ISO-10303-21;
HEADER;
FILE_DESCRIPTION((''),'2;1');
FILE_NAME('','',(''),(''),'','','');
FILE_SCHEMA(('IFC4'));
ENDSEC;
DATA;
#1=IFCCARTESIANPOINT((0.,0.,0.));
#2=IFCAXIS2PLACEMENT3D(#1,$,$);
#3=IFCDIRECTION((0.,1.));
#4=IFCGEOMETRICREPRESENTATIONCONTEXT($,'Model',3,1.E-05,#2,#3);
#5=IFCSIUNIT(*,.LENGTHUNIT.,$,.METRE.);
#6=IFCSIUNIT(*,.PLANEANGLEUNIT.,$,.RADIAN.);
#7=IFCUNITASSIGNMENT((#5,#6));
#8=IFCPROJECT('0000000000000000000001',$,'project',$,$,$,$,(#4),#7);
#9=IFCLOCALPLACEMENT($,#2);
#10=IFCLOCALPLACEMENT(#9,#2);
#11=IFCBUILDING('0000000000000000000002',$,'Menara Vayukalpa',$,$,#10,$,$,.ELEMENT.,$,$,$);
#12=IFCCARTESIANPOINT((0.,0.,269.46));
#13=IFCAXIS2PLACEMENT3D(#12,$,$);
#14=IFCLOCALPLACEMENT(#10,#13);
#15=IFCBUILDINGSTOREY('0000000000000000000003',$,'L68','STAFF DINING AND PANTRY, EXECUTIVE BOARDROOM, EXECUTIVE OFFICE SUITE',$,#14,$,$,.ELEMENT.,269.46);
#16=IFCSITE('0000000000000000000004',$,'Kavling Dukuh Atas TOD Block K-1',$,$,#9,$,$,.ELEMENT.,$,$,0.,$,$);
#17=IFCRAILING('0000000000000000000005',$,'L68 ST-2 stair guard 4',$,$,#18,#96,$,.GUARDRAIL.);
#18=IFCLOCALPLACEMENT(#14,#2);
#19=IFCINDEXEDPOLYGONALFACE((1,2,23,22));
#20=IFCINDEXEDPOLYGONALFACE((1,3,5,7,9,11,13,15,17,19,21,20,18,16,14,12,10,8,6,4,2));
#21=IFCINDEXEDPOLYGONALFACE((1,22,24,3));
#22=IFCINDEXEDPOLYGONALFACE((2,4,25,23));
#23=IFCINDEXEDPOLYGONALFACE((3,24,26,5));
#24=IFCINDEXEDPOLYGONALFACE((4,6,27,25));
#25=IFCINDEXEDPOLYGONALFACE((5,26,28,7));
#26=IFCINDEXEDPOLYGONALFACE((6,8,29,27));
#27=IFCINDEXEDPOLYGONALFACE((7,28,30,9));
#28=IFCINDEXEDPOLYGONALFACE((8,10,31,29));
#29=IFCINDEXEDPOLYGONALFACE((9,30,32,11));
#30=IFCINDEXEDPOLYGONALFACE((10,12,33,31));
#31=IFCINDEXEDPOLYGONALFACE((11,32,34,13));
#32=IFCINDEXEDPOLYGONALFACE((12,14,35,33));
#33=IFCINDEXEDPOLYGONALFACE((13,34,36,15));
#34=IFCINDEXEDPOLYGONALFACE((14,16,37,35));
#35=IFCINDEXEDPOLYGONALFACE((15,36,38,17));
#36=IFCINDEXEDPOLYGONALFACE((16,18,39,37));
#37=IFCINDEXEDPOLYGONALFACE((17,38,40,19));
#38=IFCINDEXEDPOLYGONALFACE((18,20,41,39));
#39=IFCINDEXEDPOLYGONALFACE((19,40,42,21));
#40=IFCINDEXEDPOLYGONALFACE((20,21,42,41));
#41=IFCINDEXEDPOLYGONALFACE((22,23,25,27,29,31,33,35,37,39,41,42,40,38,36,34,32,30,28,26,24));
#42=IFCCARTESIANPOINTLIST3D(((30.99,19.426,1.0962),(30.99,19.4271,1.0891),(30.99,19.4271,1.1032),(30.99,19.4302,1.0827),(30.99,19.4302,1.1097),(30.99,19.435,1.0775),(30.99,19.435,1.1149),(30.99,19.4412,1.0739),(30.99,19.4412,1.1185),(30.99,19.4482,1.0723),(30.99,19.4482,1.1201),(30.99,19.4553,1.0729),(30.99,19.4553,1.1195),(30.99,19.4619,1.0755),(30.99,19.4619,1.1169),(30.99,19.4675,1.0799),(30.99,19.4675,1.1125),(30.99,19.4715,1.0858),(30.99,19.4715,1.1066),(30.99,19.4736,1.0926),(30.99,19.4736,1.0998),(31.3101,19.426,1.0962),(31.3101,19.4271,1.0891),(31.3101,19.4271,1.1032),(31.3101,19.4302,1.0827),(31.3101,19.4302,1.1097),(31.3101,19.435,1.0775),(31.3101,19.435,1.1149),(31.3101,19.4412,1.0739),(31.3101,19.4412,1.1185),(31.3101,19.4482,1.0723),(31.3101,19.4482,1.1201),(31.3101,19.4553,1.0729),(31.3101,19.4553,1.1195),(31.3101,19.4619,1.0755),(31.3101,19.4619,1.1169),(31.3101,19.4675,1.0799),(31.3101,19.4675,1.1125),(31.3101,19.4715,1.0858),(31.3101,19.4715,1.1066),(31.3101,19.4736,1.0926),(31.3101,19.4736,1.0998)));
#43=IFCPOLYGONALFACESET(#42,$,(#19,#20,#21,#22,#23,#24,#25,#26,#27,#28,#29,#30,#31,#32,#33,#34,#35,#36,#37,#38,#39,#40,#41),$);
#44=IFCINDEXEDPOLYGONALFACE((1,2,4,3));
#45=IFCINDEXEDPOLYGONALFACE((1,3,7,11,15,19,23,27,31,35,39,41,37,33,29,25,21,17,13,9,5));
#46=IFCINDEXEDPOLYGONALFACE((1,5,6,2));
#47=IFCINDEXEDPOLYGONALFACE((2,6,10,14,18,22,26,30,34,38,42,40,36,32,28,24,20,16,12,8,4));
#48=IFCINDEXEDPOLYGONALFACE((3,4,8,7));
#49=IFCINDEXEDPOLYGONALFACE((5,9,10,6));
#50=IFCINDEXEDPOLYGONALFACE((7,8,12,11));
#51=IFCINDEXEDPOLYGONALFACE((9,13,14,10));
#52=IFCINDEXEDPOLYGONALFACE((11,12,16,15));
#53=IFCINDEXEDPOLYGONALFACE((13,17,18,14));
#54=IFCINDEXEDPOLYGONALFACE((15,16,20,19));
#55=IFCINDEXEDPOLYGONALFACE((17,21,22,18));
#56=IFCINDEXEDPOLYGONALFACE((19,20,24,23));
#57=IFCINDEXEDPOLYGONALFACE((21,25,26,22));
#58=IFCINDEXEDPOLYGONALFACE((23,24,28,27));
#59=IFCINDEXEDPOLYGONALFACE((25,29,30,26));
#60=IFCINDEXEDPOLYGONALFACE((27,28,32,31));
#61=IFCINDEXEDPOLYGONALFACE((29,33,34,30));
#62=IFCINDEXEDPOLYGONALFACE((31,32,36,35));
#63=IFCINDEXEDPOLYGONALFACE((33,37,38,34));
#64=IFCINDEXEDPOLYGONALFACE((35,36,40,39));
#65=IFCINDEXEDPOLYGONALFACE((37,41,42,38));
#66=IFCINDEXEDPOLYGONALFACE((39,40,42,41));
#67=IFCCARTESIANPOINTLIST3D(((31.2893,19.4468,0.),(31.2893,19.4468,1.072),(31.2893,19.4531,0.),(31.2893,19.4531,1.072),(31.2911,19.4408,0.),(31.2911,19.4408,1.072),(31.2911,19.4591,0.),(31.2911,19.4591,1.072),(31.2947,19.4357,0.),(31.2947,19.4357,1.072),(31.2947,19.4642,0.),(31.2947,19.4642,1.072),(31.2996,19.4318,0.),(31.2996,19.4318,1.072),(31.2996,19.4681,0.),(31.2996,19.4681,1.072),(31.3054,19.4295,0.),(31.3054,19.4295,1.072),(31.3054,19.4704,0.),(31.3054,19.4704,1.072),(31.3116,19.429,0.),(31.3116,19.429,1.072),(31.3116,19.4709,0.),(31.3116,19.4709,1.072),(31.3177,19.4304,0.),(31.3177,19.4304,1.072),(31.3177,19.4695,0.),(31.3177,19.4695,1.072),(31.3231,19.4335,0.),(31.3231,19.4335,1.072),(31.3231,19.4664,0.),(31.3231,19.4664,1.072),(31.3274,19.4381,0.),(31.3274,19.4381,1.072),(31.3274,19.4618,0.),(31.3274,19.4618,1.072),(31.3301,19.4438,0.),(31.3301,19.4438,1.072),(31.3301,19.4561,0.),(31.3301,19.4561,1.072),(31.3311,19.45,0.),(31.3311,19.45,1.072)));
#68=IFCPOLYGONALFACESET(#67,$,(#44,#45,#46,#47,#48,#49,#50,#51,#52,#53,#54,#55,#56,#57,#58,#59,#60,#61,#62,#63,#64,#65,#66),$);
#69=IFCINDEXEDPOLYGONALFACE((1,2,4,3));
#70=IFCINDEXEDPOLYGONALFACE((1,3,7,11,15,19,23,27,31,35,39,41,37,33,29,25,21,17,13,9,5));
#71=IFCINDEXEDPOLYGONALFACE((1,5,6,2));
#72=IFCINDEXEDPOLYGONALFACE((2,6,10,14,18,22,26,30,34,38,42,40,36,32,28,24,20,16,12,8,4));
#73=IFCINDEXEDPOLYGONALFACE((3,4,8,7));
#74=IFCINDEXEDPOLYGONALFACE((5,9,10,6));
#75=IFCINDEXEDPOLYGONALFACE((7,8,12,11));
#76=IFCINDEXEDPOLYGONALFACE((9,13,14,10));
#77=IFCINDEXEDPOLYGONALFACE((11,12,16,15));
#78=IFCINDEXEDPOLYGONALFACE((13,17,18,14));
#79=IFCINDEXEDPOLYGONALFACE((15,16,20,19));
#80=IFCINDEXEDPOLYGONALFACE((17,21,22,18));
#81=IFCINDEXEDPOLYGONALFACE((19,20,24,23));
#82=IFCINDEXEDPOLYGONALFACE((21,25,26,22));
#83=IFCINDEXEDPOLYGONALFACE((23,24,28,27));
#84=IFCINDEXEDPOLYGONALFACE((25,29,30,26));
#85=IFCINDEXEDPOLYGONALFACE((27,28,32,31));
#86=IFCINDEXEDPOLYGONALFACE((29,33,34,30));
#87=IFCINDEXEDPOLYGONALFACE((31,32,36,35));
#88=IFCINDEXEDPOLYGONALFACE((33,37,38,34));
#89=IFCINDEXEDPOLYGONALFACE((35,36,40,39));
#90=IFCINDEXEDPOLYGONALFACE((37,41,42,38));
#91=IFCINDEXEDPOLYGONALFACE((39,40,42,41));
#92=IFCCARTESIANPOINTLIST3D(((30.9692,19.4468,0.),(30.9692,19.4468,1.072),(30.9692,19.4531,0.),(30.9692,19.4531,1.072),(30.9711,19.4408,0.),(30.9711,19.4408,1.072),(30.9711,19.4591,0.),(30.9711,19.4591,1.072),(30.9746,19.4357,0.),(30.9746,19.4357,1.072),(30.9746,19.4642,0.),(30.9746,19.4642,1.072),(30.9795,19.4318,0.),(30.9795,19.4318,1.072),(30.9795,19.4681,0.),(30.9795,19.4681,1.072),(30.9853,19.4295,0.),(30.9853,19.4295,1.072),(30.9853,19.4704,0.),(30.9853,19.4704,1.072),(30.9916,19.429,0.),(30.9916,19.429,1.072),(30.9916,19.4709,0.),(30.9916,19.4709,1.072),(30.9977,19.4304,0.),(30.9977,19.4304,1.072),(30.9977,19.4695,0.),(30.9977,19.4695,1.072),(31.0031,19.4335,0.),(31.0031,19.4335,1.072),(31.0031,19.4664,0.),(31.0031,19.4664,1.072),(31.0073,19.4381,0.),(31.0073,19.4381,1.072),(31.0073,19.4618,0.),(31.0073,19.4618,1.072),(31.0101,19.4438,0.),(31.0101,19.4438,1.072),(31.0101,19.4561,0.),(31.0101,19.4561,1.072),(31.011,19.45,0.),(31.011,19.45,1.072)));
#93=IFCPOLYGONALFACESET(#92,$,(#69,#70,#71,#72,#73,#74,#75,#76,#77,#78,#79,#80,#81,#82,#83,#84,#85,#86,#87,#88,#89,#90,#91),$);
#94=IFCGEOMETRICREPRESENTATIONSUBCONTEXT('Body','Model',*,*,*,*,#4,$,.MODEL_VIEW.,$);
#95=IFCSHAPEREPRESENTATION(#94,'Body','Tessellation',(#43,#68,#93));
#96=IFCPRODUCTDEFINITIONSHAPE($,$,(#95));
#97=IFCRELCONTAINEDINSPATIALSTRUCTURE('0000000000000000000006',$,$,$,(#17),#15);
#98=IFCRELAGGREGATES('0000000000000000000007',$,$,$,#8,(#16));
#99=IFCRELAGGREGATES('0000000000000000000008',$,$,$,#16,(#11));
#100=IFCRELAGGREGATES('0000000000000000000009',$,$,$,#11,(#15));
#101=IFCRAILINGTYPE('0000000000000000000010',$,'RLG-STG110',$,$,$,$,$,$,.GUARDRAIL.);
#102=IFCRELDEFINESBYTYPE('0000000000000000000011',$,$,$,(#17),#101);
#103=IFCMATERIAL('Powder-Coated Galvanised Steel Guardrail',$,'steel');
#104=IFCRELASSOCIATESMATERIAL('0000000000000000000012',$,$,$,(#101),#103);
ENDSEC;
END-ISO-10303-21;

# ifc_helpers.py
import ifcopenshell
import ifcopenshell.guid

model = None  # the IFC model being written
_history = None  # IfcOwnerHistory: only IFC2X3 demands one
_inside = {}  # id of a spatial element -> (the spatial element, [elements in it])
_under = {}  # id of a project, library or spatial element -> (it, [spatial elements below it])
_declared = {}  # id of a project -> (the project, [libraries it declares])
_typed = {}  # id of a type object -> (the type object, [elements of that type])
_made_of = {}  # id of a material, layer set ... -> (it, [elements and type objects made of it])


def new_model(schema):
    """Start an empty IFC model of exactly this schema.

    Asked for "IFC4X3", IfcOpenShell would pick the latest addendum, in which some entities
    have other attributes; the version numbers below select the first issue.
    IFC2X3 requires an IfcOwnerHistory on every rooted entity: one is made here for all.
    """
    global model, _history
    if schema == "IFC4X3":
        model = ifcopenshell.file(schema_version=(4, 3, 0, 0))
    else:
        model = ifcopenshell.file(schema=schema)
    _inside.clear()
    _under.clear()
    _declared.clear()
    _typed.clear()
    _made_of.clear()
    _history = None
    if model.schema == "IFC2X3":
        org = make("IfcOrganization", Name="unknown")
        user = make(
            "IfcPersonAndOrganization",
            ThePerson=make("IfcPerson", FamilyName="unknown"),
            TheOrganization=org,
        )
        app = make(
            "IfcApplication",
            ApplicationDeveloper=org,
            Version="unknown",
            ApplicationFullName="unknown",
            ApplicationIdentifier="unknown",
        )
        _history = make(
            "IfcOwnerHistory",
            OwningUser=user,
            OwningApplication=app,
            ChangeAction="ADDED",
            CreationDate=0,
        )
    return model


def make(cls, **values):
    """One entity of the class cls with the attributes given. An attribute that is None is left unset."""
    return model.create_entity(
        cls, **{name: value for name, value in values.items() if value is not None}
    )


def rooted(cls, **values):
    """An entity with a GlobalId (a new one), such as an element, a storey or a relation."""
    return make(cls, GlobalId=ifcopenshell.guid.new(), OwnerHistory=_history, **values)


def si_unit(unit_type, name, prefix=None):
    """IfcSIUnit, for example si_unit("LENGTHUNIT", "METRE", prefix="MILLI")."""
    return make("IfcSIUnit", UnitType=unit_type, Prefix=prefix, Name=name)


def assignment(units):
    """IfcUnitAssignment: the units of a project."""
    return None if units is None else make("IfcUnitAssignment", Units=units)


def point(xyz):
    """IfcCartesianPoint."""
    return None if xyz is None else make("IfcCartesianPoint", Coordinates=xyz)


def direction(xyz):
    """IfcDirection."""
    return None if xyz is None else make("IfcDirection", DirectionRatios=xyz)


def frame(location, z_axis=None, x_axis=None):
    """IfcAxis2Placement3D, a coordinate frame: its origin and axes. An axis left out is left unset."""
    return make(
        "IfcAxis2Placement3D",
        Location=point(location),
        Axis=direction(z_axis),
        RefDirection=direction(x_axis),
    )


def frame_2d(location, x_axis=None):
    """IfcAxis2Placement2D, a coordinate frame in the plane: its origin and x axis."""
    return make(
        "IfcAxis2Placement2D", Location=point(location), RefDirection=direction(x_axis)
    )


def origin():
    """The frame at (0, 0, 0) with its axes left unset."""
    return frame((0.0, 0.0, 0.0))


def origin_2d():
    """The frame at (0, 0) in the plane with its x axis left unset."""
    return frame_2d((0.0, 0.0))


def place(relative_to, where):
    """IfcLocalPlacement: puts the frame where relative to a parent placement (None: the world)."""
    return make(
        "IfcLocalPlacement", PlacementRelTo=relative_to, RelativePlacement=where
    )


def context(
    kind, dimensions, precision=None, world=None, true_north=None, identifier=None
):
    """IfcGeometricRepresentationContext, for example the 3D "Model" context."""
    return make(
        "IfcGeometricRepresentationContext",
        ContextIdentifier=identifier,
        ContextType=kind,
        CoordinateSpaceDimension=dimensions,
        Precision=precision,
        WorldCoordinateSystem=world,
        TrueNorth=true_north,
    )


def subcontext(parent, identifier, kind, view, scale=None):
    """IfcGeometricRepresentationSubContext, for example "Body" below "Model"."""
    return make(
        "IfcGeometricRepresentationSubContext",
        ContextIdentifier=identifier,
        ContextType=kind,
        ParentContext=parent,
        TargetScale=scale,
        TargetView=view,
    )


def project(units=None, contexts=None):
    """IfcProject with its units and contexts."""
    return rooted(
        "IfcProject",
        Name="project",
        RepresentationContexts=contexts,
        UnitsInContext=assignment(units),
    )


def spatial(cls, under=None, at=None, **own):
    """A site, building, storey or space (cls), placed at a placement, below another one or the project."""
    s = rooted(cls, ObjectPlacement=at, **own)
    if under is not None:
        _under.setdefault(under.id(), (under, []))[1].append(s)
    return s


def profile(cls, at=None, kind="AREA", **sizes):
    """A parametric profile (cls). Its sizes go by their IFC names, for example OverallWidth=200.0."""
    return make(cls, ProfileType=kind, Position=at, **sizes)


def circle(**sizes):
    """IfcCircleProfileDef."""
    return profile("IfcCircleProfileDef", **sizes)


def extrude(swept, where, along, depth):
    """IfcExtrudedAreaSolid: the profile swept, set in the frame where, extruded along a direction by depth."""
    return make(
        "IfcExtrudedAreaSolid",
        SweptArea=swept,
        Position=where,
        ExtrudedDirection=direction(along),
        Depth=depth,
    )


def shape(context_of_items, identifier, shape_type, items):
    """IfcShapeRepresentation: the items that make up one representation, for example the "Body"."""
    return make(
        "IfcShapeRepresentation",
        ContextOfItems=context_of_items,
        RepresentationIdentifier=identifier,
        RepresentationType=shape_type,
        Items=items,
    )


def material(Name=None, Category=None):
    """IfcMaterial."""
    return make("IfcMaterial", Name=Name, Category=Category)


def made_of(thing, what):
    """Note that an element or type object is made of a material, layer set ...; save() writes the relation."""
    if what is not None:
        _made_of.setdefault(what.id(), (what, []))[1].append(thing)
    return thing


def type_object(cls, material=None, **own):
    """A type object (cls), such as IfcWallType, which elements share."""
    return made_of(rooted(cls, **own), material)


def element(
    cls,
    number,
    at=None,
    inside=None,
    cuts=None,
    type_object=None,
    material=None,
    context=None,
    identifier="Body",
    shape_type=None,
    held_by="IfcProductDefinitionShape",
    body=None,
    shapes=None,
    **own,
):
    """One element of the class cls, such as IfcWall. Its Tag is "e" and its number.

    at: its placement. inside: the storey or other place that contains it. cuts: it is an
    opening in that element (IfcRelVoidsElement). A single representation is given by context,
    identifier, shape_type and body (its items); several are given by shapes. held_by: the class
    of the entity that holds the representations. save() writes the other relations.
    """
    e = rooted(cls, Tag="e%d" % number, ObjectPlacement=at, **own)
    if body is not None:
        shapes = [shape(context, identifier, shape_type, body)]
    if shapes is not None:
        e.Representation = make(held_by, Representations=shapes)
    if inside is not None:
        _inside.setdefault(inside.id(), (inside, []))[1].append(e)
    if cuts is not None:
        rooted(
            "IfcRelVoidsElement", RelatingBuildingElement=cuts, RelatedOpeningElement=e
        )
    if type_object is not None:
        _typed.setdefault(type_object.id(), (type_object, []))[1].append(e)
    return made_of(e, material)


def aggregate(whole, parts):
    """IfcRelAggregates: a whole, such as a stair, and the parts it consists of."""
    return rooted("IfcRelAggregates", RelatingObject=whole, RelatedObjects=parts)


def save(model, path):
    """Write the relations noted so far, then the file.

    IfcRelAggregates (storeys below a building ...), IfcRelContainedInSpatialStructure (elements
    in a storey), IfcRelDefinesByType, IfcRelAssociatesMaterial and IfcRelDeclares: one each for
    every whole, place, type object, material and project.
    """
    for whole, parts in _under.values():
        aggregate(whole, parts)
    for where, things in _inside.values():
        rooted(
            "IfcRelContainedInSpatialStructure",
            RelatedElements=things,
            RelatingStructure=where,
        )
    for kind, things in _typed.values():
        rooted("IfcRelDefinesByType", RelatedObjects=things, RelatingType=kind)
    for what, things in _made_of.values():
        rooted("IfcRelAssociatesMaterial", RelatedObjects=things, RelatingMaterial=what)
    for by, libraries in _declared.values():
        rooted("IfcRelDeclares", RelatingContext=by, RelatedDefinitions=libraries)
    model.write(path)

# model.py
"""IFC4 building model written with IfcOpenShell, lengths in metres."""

from ifc_helpers import new_model, si_unit, direction, frame, origin, origin_2d, place, context, subcontext, project, spatial, circle, extrude, material, type_object, element, save


model = new_model("IFC4")

# Units and contexts
model_context = context("Model", 3, precision=1e-05, world=origin(), true_north=direction((0.0, 1.0)))
body_context = subcontext(model_context, "Body", "Model", "MODEL_VIEW")
ifc_project = project(units=[si_unit("LENGTHUNIT", "METRE"), si_unit("PLANEANGLEUNIT", "RADIAN")], contexts=[model_context])

# Site, building, storey
site_placement = place(None, origin())
site = spatial("IfcSite", under=ifc_project, at=site_placement, Name="Kavling Dukuh Atas TOD Block K-1", CompositionType="ELEMENT", RefElevation=0.0)
building_placement = place(site_placement, origin())
building = spatial("IfcBuilding", under=site, at=building_placement, Name="Menara Vayukalpa", CompositionType="ELEMENT")
storey_placement = place(building_placement, frame((0.0, 0.0, 269.46)))
storey = spatial("IfcBuildingStorey", under=building, at=storey_placement, Name="L68", Description="STAFF DINING AND PANTRY, EXECUTIVE BOARDROOM, EXECUTIVE OFFICE SUITE", CompositionType="ELEMENT", Elevation=269.46)

# Railing
ifc_material_1 = material(Name="Powder-Coated Galvanised Steel Guardrail", Category="steel")
railing_type_1 = type_object("IfcRailingType", Name="RLG-STG110", PredefinedType="GUARDRAIL", material=ifc_material_1)
railing_1_placement = place(storey_placement, frame((31.3101, 19.45, 0.0)))
element("IfcRailing", 1, at=railing_1_placement, inside=storey, type_object=railing_type_1, Name="L68 ST-2 stair guard 4", PredefinedType="GUARDRAIL", context=body_context, shape_type="SweptSolid", body=[
    extrude(circle(Radius=0.0239, at=origin_2d()), frame((0.0, 0.0, 1.0962), z_axis=(-1.0, 0.0, 0.0), x_axis=(0.0, -1.0, 0.0)), (0.0, 0.0, 1.0), 0.3201),
    extrude(circle(Radius=0.021, at=origin_2d()), origin(), (0.0, 0.0, 1.0), 1.072),
    extrude(circle(Radius=0.021, at=origin_2d()), frame((-0.3201, 0.0, 0.0)), (0.0, 0.0, 1.0), 1.072),
])

save(model, "model.ifc")
